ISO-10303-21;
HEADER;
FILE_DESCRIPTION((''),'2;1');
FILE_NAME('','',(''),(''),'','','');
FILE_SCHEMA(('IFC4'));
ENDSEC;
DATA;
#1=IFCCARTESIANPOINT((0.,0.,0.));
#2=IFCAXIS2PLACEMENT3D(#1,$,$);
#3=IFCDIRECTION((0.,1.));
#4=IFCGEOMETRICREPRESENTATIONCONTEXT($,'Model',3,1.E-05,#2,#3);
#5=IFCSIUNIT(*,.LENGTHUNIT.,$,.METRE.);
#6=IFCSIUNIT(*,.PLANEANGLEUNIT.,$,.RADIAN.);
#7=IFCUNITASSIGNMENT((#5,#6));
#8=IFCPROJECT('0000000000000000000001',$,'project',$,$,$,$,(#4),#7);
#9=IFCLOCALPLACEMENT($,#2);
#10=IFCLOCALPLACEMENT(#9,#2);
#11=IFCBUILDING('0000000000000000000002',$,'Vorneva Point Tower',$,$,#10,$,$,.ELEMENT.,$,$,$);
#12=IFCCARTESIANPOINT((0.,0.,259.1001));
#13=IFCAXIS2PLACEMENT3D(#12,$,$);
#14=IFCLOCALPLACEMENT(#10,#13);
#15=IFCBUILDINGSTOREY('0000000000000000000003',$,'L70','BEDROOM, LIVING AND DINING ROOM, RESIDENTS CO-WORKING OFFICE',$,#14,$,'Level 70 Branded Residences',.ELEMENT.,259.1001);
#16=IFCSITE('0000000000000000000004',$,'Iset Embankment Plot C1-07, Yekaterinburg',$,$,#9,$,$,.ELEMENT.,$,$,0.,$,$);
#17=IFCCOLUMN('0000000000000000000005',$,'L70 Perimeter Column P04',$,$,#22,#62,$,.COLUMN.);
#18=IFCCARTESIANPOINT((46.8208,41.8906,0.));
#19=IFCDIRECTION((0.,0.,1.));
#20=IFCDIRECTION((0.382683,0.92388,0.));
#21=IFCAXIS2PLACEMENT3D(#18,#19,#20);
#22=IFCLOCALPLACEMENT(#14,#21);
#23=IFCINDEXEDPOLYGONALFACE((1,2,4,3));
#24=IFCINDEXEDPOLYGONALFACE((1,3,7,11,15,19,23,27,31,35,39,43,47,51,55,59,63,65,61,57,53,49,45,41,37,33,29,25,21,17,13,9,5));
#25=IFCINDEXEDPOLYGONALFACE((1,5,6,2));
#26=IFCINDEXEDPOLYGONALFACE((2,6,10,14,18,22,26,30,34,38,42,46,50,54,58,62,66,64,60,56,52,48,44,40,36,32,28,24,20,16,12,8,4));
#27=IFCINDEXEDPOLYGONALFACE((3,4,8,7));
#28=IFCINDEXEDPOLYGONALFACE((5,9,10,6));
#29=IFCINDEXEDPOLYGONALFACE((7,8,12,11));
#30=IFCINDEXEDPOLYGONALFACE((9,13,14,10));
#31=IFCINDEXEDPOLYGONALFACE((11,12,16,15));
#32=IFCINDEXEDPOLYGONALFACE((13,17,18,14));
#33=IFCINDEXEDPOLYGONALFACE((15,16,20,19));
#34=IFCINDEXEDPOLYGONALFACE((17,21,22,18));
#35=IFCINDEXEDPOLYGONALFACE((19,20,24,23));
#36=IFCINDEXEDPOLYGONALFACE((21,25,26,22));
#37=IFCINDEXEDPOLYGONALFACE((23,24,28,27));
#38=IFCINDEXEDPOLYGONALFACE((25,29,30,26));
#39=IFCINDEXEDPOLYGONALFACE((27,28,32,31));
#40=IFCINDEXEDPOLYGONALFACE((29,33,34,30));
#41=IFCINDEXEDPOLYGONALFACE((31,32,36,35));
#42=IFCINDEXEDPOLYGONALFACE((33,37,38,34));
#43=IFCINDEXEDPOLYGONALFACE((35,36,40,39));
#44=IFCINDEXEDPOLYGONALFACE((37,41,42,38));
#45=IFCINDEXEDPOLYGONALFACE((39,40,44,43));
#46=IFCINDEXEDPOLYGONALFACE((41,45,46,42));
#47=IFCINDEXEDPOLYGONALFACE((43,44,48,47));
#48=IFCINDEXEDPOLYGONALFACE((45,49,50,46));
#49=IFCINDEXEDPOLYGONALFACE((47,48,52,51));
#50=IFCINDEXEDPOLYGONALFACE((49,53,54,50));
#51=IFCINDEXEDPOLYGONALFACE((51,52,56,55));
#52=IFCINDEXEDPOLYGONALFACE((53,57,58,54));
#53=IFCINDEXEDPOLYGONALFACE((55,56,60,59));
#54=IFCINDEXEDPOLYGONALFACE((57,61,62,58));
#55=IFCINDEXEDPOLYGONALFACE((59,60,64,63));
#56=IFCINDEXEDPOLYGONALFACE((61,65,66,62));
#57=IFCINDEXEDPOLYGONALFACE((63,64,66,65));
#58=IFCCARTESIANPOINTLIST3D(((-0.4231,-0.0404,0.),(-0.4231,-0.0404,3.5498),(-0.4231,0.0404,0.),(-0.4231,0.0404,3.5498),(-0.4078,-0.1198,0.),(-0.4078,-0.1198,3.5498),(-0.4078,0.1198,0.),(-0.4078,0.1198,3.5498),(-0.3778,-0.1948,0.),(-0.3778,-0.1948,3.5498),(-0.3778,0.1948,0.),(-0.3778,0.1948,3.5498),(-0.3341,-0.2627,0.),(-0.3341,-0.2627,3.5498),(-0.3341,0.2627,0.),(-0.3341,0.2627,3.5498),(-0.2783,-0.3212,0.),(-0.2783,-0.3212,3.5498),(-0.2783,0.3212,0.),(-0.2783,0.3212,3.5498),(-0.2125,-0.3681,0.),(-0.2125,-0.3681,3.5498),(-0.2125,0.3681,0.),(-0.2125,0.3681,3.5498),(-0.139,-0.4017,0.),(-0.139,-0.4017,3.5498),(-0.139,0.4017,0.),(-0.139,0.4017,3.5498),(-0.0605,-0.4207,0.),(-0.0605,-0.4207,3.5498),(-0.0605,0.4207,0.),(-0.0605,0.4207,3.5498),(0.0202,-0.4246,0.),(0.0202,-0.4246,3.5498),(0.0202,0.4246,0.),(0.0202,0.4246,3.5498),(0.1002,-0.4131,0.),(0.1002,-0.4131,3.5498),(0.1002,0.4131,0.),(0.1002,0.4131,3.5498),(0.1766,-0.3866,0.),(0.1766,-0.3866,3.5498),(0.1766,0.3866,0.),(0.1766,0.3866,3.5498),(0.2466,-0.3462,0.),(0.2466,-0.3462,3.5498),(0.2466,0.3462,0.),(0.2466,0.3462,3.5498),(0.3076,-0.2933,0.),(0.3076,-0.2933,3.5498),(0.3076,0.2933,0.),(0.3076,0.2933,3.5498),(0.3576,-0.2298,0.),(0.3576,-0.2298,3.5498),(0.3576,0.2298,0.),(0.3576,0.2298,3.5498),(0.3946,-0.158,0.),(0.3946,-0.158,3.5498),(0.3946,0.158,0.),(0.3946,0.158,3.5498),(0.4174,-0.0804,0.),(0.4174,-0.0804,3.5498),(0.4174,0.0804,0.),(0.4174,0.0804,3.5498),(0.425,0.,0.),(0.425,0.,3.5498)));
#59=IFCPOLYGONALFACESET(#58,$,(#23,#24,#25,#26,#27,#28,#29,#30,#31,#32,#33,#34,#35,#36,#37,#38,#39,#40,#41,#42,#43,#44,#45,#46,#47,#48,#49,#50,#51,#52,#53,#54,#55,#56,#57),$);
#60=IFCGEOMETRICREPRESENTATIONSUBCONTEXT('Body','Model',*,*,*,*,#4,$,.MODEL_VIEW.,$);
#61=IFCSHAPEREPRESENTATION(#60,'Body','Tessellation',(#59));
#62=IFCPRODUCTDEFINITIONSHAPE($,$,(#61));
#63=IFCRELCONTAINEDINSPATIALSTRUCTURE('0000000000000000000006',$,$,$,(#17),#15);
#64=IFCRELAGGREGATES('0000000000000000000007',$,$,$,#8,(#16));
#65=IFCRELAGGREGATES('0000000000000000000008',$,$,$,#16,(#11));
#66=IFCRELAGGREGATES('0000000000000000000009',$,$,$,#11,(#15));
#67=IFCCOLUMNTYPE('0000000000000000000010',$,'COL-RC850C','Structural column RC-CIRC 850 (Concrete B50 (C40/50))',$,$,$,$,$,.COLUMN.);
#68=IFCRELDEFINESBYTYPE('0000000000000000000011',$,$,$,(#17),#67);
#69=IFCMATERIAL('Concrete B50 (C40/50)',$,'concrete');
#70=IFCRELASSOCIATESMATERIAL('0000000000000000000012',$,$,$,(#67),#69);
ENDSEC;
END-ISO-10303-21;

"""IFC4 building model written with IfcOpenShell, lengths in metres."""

from ifc_helpers import new_model, si_unit, direction, frame, origin, origin_2d, place, context, subcontext, project, spatial, circle, extrude, material, material_profile, profile_set, type_object, element, save


model = new_model("IFC4")

# Units and contexts
model_context = context("Model", 3, precision=1e-05, world=origin(), true_north=direction((0.0, 1.0)))
body_context = subcontext(model_context, "Body", "Model", "MODEL_VIEW")
ifc_project = project(units=[si_unit("LENGTHUNIT", "METRE"), si_unit("PLANEANGLEUNIT", "RADIAN")], contexts=[model_context])

# Site, building, storey
site_placement = place(None, origin())
site = spatial("IfcSite", under=ifc_project, at=site_placement, Name="Iset Embankment Plot C1-07, Yekaterinburg", CompositionType="ELEMENT", RefElevation=0.0)
building_placement = place(site_placement, origin())
building = spatial("IfcBuilding", under=site, at=building_placement, Name="Vorneva Point Tower", CompositionType="ELEMENT")
storey_placement = place(building_placement, frame((0.0, 0.0, 259.1001)))
storey = spatial("IfcBuildingStorey", under=building, at=storey_placement, Name="L70", Description="BEDROOM, LIVING AND DINING ROOM, RESIDENTS CO-WORKING OFFICE", LongName="Level 70 Branded Residences", CompositionType="ELEMENT", Elevation=259.1001)

# Column
ifc_material_1 = material(Name="Concrete B50 (C40/50)", Category="concrete")
ifc_material_profile_1 = material_profile(ifc_material_1, circle(Radius=0.425, at=origin_2d()), Name="RC-CIRC 850")
ifc_profile_set_1 = profile_set([ifc_material_profile_1], Name="Concrete B50 (C40/50)")
column_type = type_object("IfcColumnType", Name="COL-RC850C", Description="Structural column RC-CIRC 850 (Concrete B50 (C40/50))", PredefinedType="COLUMN", material=ifc_profile_set_1)
column_placement = place(storey_placement, frame((46.8208, 41.8906, 0.0), z_axis=(0.0, 0.0, 1.0), x_axis=(0.382683, 0.92388, 0.0)))
element("IfcColumn", 1, at=column_placement, inside=storey, type_object=column_type, Name="L70 Perimeter Column P04", PredefinedType="COLUMN", context=body_context, shape_type="SweptSolid", body=[
    extrude(circle(Radius=0.425, at=origin_2d()), origin(), (0.0, 0.0, 1.0), 3.5498),
])

save(model, "model.ifc")
